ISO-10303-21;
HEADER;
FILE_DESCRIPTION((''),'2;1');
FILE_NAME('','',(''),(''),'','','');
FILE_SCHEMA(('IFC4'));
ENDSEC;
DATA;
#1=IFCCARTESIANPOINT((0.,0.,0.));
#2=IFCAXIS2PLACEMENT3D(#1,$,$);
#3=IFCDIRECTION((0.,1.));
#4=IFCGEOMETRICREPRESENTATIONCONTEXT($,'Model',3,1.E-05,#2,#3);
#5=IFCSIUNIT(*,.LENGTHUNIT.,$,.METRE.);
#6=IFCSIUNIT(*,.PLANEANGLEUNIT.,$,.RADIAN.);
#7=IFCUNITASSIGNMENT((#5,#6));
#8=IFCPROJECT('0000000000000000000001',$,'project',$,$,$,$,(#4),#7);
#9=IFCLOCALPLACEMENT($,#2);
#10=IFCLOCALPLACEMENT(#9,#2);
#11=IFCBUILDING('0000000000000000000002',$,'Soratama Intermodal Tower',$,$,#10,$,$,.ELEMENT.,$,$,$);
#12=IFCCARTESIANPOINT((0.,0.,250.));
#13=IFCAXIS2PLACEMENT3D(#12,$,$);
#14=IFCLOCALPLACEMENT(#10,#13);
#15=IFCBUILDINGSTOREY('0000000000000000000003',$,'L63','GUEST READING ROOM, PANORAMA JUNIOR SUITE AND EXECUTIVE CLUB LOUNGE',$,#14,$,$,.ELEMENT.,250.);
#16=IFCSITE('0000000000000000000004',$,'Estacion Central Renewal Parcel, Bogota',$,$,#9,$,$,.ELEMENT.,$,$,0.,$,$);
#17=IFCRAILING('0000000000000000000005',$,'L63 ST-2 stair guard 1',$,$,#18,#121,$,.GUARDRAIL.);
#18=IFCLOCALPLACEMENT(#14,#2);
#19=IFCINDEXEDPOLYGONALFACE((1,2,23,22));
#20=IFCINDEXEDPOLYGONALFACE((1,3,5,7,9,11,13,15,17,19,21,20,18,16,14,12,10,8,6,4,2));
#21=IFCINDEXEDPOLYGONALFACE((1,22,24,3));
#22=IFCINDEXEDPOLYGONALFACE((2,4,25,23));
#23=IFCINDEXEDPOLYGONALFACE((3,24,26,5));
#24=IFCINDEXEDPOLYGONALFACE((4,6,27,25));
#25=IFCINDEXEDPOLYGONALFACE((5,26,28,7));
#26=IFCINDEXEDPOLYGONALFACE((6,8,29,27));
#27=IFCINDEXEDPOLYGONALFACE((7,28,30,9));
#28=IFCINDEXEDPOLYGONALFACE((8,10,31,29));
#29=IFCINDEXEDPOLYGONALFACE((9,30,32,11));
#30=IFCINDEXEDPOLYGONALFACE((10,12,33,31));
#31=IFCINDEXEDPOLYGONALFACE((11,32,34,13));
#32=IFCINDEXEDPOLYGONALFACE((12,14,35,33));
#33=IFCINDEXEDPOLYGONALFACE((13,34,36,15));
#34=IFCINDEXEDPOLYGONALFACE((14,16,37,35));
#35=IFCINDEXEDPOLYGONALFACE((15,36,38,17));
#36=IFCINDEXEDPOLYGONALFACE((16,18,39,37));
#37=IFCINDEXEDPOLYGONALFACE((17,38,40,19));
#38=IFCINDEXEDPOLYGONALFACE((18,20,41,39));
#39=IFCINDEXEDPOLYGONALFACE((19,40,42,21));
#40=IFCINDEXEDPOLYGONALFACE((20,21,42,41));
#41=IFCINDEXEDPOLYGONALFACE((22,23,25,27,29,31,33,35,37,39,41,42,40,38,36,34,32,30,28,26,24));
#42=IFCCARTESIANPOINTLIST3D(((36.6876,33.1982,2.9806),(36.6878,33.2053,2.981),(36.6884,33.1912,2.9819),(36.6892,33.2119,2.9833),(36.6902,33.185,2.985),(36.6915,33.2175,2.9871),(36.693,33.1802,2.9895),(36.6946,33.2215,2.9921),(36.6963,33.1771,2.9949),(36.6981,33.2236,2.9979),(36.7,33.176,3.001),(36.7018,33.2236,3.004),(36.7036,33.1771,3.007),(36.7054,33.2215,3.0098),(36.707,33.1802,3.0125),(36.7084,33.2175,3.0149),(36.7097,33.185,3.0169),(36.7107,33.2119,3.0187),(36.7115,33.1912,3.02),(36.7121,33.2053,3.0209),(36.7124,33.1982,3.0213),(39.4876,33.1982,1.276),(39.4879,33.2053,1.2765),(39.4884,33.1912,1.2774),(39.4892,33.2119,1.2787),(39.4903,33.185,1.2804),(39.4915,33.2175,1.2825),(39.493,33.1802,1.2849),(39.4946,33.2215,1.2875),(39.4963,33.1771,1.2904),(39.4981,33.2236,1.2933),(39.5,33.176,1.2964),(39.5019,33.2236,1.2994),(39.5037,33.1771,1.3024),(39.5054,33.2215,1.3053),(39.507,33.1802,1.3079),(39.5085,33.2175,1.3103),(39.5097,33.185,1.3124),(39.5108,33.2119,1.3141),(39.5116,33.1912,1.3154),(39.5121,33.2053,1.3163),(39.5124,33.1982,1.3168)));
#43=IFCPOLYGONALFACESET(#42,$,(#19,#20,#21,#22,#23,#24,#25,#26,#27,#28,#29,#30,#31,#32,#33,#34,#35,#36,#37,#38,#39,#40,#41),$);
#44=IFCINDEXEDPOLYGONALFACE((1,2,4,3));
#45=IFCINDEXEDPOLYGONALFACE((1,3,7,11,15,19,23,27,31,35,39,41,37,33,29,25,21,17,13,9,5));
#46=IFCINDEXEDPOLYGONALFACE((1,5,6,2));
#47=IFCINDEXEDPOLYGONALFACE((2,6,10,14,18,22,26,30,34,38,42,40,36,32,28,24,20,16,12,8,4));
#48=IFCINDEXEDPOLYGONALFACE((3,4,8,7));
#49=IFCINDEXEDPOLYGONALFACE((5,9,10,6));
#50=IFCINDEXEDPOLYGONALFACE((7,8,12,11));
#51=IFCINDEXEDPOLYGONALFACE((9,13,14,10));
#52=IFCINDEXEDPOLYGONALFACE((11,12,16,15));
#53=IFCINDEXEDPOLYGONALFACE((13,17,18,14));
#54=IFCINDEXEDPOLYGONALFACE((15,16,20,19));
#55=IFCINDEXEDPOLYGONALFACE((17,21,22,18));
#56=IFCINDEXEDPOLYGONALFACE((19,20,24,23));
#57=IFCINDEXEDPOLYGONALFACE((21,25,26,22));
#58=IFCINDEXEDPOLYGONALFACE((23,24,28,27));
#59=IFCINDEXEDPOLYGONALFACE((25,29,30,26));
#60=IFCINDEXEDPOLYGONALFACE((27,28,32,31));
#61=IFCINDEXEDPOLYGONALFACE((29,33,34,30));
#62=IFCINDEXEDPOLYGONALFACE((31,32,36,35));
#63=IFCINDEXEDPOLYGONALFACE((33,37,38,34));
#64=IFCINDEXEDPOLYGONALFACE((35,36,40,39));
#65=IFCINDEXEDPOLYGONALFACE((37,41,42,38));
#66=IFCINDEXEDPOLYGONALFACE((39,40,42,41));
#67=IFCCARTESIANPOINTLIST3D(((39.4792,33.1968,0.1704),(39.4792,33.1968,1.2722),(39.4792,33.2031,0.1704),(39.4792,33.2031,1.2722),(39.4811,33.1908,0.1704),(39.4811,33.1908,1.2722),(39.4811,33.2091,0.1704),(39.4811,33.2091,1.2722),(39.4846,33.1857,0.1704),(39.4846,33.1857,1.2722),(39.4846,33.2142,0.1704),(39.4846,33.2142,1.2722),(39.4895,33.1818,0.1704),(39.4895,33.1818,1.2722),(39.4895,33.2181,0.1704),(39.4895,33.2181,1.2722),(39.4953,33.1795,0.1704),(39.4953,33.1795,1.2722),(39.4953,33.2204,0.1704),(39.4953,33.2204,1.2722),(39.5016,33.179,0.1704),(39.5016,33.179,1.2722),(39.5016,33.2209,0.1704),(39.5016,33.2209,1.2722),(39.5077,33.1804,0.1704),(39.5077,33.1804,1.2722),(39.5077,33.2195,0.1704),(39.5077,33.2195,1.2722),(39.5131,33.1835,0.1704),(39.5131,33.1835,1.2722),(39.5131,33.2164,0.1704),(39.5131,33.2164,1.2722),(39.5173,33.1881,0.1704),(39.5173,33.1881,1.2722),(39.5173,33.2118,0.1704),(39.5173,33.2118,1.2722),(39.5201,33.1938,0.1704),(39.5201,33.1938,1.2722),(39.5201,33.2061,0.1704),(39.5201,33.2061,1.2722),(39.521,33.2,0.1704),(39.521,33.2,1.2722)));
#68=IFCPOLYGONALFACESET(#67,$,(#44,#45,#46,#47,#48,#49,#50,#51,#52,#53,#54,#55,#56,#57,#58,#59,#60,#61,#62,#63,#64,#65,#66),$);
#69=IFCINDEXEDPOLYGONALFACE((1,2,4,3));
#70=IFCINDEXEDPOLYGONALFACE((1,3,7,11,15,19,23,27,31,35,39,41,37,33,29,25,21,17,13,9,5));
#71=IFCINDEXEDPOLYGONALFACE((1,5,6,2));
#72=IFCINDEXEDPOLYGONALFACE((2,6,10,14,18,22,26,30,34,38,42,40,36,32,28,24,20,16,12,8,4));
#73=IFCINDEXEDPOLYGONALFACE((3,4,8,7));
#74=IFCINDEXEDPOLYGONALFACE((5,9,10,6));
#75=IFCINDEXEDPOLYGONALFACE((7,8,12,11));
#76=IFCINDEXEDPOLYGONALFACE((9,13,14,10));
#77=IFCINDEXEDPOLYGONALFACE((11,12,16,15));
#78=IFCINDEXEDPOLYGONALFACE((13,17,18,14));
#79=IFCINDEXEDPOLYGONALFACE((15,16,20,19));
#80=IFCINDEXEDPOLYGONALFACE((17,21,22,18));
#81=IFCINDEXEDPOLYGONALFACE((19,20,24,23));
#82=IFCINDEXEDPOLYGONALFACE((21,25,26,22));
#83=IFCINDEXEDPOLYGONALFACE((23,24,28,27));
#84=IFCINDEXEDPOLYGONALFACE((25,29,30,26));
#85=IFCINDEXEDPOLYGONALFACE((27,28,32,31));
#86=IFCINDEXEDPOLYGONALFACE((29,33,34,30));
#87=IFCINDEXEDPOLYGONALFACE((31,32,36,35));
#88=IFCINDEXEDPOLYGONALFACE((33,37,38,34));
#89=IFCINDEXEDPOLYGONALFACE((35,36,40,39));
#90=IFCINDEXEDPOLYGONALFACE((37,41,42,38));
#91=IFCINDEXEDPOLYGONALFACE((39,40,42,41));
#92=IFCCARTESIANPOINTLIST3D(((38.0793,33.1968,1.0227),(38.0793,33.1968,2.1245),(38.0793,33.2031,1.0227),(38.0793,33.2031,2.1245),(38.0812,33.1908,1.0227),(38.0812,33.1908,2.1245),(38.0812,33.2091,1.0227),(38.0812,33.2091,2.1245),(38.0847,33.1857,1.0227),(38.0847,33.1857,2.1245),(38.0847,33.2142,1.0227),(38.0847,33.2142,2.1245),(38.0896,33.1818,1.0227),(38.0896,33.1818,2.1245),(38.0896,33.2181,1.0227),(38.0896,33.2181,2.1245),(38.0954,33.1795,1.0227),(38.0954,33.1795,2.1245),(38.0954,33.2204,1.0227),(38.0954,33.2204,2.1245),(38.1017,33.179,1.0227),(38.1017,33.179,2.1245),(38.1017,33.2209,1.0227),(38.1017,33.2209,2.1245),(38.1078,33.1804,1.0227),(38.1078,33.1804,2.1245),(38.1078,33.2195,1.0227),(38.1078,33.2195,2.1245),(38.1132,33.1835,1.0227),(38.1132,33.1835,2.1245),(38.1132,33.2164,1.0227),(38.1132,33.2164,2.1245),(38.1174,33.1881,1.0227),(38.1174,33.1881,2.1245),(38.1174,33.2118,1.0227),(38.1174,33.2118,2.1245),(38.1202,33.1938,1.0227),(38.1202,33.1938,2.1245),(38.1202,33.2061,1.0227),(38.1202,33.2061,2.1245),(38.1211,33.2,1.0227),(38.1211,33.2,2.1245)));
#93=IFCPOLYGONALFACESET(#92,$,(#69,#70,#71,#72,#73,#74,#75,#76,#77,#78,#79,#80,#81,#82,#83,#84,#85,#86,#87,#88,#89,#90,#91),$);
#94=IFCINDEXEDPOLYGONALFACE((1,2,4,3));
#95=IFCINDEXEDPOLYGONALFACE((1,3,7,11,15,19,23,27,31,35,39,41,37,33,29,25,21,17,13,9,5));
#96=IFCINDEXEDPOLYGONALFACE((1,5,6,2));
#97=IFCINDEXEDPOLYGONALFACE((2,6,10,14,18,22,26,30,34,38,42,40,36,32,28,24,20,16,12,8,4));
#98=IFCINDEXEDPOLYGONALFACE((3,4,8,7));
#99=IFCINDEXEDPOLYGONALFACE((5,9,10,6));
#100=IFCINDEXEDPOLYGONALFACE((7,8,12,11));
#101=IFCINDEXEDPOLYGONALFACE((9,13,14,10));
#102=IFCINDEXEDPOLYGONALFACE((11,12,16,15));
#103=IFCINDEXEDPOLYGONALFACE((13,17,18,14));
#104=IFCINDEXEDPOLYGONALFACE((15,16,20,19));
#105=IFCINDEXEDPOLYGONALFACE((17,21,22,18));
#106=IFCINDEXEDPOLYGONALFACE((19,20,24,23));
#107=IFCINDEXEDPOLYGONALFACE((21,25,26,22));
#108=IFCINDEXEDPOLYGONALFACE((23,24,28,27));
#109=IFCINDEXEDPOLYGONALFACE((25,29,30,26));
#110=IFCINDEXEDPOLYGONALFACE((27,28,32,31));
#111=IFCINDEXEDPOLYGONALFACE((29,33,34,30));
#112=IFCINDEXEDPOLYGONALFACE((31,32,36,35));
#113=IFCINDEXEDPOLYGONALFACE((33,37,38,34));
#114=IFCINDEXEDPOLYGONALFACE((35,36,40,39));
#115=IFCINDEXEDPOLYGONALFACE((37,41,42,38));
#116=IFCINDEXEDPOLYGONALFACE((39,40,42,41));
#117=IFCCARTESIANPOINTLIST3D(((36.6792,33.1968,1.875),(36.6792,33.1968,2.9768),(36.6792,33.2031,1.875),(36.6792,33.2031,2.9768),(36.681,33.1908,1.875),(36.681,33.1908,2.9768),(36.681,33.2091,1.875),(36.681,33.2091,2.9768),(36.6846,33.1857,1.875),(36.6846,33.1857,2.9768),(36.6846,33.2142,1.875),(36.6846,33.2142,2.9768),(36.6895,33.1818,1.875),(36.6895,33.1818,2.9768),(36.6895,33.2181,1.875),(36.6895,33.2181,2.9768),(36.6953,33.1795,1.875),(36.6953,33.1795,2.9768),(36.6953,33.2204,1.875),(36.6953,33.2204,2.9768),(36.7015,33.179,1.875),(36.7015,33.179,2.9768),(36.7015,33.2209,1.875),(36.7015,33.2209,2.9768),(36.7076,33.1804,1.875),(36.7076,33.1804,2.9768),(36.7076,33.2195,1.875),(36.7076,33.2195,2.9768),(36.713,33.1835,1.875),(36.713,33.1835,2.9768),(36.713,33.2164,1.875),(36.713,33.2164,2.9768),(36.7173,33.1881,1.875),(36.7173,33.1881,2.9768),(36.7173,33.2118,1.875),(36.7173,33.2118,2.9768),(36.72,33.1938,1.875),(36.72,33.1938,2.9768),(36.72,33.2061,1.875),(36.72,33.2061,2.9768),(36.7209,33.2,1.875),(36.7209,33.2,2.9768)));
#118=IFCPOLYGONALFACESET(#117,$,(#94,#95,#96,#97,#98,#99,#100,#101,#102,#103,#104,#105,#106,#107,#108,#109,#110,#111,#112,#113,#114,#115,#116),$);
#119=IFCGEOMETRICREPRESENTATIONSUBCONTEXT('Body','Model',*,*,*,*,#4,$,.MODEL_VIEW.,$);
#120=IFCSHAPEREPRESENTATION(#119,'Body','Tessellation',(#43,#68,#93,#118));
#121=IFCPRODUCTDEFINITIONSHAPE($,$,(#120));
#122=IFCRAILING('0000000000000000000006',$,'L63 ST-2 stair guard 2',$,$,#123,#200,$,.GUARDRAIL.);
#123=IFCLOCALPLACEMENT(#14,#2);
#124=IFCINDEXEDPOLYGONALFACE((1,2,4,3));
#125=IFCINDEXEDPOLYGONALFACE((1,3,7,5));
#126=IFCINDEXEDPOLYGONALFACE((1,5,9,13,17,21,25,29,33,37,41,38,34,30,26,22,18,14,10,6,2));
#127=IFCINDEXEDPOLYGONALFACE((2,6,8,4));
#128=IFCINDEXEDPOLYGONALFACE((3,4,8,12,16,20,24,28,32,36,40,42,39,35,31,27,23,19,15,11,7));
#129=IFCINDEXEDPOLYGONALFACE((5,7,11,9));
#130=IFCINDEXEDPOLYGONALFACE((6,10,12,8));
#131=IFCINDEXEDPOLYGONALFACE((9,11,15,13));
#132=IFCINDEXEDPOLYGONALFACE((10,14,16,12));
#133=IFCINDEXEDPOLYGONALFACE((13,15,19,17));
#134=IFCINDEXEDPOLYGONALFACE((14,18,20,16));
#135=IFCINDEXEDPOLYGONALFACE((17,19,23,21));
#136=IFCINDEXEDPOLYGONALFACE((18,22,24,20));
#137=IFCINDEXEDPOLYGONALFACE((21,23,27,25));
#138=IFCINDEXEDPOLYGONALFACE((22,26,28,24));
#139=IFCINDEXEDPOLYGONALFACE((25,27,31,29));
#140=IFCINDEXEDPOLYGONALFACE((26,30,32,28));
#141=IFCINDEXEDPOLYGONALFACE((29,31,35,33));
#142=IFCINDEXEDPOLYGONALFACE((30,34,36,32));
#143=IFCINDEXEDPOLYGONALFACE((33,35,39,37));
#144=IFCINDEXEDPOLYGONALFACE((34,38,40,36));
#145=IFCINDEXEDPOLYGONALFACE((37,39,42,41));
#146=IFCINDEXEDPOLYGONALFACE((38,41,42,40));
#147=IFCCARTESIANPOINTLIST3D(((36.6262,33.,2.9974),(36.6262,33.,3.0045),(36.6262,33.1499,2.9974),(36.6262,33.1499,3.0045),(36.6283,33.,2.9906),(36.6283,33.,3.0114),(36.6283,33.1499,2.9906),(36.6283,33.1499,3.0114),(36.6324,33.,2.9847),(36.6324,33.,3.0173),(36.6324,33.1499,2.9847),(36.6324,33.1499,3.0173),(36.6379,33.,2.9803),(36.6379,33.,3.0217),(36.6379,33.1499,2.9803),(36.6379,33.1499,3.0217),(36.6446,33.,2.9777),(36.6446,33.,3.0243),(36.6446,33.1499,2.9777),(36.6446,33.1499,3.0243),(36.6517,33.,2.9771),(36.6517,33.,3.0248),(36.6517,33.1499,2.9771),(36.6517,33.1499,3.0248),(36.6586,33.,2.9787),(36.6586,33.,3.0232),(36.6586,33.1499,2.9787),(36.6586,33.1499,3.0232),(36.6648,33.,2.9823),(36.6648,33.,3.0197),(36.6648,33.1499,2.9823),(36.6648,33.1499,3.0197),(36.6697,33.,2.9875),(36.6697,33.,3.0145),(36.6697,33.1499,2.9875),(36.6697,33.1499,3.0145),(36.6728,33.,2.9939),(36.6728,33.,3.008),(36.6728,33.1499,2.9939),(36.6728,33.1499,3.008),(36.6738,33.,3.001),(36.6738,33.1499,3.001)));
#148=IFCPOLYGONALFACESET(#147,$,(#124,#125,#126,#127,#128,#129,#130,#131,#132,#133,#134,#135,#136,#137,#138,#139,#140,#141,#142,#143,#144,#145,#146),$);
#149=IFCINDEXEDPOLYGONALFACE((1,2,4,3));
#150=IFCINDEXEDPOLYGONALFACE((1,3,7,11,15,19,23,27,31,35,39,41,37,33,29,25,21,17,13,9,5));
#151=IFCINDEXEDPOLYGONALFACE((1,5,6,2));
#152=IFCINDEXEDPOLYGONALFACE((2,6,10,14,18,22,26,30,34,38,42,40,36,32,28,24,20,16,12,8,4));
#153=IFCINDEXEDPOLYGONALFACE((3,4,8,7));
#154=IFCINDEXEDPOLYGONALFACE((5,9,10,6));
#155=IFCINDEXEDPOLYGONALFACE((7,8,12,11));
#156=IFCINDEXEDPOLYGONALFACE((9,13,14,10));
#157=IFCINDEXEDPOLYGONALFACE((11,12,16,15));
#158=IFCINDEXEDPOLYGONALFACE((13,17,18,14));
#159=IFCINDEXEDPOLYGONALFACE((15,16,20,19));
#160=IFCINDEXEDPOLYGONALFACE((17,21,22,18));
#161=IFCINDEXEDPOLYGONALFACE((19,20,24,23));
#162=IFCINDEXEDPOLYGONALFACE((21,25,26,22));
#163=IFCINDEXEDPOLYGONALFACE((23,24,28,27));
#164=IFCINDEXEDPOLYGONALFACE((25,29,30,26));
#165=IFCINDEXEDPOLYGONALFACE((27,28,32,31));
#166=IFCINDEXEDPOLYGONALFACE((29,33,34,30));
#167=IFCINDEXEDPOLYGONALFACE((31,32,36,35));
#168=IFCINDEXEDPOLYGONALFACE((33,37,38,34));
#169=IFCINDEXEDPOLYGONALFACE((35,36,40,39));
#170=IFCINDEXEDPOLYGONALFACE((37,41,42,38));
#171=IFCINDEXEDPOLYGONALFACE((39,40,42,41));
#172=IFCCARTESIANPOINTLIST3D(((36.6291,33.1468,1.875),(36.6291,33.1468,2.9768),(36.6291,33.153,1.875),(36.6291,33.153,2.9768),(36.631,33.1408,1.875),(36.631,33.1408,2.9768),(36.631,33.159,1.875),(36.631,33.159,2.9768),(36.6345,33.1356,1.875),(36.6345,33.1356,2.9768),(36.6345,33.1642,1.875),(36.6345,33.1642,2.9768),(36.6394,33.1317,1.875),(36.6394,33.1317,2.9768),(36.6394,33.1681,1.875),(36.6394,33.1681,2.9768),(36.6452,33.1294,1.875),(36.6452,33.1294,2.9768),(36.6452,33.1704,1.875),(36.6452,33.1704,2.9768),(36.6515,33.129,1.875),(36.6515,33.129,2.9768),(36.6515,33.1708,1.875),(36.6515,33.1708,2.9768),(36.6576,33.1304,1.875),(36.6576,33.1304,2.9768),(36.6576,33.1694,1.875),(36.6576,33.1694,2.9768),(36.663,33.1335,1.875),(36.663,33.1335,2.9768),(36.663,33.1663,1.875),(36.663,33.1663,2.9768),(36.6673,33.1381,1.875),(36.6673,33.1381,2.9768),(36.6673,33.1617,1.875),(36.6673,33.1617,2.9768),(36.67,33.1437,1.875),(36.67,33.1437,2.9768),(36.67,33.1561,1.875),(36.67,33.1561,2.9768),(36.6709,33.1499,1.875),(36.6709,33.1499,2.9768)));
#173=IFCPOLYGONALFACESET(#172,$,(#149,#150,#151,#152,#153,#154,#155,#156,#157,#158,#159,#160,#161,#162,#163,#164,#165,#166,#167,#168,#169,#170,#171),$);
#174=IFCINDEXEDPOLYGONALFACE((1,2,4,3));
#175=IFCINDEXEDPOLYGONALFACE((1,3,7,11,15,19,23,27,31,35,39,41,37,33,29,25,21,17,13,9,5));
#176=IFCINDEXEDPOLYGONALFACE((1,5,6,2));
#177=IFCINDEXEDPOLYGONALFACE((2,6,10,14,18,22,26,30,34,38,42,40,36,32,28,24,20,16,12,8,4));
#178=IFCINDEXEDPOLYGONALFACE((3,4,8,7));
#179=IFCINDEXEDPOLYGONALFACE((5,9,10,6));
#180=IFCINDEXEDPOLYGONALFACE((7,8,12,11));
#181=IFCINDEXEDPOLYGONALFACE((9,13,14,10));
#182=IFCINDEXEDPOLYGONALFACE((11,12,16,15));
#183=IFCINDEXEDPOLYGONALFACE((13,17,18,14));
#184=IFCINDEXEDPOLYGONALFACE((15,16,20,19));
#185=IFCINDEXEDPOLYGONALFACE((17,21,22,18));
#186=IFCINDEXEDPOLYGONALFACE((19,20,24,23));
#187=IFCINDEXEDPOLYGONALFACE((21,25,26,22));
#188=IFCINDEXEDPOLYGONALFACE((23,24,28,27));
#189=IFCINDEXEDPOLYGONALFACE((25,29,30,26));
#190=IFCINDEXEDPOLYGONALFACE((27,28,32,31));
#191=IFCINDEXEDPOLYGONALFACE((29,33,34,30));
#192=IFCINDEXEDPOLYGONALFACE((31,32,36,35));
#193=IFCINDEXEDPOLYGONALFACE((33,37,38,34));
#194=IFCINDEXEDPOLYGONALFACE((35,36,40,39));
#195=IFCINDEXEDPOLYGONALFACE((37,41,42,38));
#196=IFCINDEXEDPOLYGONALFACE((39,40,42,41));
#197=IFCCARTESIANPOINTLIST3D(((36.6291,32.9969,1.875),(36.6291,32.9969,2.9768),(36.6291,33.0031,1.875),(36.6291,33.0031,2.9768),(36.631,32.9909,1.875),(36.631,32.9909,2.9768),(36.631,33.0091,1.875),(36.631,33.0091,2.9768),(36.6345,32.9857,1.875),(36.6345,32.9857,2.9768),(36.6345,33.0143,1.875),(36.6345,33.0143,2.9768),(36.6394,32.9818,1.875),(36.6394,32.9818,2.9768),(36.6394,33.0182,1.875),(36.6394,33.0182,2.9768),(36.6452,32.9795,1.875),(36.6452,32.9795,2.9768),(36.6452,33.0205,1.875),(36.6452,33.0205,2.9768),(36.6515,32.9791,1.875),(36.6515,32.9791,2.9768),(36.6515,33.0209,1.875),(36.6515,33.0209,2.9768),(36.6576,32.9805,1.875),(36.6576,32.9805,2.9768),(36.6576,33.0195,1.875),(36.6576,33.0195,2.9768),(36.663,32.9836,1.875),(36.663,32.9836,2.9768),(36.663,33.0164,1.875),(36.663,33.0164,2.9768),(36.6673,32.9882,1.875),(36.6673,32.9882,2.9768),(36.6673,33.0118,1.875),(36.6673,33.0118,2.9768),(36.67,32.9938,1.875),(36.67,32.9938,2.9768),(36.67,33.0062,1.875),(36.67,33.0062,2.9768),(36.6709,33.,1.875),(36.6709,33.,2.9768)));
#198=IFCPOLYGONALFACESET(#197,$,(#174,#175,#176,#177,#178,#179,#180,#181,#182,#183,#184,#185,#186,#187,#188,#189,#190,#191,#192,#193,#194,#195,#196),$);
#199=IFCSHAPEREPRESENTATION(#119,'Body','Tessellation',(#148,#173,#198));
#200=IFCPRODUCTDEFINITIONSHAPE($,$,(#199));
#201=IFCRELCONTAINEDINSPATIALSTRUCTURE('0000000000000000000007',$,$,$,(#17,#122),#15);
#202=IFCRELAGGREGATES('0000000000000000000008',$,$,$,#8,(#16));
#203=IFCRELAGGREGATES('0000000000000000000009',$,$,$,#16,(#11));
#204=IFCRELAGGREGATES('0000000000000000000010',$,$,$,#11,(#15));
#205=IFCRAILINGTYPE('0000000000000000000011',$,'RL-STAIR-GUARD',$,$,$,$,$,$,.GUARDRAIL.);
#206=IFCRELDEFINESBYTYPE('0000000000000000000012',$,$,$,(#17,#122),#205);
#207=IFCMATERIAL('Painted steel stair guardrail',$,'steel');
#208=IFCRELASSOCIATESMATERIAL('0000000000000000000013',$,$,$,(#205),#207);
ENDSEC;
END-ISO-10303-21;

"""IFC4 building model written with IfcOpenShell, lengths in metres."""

from ifc_helpers import new_model, si_unit, direction, frame, origin, origin_2d, place, context, subcontext, project, spatial, circle, extrude, material, type_object, element, save


model = new_model("IFC4")

# Units and contexts
model_context = context("Model", 3, precision=1e-05, world=origin(), true_north=direction((0.0, 1.0)))
body_context = subcontext(model_context, "Body", "Model", "MODEL_VIEW")
ifc_project = project(units=[si_unit("LENGTHUNIT", "METRE"), si_unit("PLANEANGLEUNIT", "RADIAN")], contexts=[model_context])

# Site, building, storey
site_placement = place(None, origin())
site = spatial("IfcSite", under=ifc_project, at=site_placement, Name="Estacion Central Renewal Parcel, Bogota", CompositionType="ELEMENT", RefElevation=0.0)
building_placement = place(site_placement, origin())
building = spatial("IfcBuilding", under=site, at=building_placement, Name="Soratama Intermodal Tower", CompositionType="ELEMENT")
storey_placement = place(building_placement, frame((0.0, 0.0, 250.0)))
storey = spatial("IfcBuildingStorey", under=building, at=storey_placement, Name="L63", Description="GUEST READING ROOM, PANORAMA JUNIOR SUITE AND EXECUTIVE CLUB LOUNGE", CompositionType="ELEMENT", Elevation=250.0)

# Railings
ifc_material_1 = material(Name="Painted steel stair guardrail", Category="steel")
railing_type_1 = type_object("IfcRailingType", Name="RL-STAIR-GUARD", PredefinedType="GUARDRAIL", material=ifc_material_1)
railing_1_placement = place(storey_placement, frame((39.5, 33.2, 0.1704)))
element("IfcRailing", 1, at=railing_1_placement, inside=storey, type_object=railing_type_1, Name="L63 ST-2 stair guard 1", PredefinedType="GUARDRAIL", context=body_context, shape_type="SweptSolid", body=[
    extrude(circle(Radius=0.0239, at=origin_2d()), frame((0.0, 0.0, 1.126), z_axis=(-0.85417, 0.0, 0.519994), x_axis=(0.0, -1.0, 0.0)), (0.0, 0.0, 1.0), 3.2781),
    extrude(circle(Radius=0.021, at=origin_2d()), origin(), (0.0, 0.0, 1.0), 1.1018),
    extrude(circle(Radius=0.021, at=origin_2d()), frame((-1.3999, 0.0, 0.8523)), (0.0, 0.0, 1.0), 1.1018),
    extrude(circle(Radius=0.021, at=origin_2d()), frame((-2.8, 0.0, 1.7046)), (0.0, 0.0, 1.0), 1.1018),
])
for number, where, name in (
    (2, (36.6499, 33.1499, 1.875), "L63 ST-2 stair guard 2"),
):
    element("IfcRailing", number, at=place(storey_placement, frame(where)), inside=storey, type_object=railing_type_1, Name=name, PredefinedType="GUARDRAIL", context=body_context, shape_type="SweptSolid", body=[
        extrude(circle(Radius=0.0239, at=origin_2d()), frame((0.0, 0.0, 1.126), z_axis=(0.0, -1.0, 0.0), x_axis=(1.0, 0.0, 0.0)), (0.0, 0.0, 1.0), 0.1499),
        extrude(circle(Radius=0.021, at=origin_2d()), origin(), (0.0, 0.0, 1.0), 1.1018),
        extrude(circle(Radius=0.021, at=origin_2d()), frame((0.0, -0.1499, 0.0)), (0.0, 0.0, 1.0), 1.1018),
    ])

save(model, "model.ifc")
